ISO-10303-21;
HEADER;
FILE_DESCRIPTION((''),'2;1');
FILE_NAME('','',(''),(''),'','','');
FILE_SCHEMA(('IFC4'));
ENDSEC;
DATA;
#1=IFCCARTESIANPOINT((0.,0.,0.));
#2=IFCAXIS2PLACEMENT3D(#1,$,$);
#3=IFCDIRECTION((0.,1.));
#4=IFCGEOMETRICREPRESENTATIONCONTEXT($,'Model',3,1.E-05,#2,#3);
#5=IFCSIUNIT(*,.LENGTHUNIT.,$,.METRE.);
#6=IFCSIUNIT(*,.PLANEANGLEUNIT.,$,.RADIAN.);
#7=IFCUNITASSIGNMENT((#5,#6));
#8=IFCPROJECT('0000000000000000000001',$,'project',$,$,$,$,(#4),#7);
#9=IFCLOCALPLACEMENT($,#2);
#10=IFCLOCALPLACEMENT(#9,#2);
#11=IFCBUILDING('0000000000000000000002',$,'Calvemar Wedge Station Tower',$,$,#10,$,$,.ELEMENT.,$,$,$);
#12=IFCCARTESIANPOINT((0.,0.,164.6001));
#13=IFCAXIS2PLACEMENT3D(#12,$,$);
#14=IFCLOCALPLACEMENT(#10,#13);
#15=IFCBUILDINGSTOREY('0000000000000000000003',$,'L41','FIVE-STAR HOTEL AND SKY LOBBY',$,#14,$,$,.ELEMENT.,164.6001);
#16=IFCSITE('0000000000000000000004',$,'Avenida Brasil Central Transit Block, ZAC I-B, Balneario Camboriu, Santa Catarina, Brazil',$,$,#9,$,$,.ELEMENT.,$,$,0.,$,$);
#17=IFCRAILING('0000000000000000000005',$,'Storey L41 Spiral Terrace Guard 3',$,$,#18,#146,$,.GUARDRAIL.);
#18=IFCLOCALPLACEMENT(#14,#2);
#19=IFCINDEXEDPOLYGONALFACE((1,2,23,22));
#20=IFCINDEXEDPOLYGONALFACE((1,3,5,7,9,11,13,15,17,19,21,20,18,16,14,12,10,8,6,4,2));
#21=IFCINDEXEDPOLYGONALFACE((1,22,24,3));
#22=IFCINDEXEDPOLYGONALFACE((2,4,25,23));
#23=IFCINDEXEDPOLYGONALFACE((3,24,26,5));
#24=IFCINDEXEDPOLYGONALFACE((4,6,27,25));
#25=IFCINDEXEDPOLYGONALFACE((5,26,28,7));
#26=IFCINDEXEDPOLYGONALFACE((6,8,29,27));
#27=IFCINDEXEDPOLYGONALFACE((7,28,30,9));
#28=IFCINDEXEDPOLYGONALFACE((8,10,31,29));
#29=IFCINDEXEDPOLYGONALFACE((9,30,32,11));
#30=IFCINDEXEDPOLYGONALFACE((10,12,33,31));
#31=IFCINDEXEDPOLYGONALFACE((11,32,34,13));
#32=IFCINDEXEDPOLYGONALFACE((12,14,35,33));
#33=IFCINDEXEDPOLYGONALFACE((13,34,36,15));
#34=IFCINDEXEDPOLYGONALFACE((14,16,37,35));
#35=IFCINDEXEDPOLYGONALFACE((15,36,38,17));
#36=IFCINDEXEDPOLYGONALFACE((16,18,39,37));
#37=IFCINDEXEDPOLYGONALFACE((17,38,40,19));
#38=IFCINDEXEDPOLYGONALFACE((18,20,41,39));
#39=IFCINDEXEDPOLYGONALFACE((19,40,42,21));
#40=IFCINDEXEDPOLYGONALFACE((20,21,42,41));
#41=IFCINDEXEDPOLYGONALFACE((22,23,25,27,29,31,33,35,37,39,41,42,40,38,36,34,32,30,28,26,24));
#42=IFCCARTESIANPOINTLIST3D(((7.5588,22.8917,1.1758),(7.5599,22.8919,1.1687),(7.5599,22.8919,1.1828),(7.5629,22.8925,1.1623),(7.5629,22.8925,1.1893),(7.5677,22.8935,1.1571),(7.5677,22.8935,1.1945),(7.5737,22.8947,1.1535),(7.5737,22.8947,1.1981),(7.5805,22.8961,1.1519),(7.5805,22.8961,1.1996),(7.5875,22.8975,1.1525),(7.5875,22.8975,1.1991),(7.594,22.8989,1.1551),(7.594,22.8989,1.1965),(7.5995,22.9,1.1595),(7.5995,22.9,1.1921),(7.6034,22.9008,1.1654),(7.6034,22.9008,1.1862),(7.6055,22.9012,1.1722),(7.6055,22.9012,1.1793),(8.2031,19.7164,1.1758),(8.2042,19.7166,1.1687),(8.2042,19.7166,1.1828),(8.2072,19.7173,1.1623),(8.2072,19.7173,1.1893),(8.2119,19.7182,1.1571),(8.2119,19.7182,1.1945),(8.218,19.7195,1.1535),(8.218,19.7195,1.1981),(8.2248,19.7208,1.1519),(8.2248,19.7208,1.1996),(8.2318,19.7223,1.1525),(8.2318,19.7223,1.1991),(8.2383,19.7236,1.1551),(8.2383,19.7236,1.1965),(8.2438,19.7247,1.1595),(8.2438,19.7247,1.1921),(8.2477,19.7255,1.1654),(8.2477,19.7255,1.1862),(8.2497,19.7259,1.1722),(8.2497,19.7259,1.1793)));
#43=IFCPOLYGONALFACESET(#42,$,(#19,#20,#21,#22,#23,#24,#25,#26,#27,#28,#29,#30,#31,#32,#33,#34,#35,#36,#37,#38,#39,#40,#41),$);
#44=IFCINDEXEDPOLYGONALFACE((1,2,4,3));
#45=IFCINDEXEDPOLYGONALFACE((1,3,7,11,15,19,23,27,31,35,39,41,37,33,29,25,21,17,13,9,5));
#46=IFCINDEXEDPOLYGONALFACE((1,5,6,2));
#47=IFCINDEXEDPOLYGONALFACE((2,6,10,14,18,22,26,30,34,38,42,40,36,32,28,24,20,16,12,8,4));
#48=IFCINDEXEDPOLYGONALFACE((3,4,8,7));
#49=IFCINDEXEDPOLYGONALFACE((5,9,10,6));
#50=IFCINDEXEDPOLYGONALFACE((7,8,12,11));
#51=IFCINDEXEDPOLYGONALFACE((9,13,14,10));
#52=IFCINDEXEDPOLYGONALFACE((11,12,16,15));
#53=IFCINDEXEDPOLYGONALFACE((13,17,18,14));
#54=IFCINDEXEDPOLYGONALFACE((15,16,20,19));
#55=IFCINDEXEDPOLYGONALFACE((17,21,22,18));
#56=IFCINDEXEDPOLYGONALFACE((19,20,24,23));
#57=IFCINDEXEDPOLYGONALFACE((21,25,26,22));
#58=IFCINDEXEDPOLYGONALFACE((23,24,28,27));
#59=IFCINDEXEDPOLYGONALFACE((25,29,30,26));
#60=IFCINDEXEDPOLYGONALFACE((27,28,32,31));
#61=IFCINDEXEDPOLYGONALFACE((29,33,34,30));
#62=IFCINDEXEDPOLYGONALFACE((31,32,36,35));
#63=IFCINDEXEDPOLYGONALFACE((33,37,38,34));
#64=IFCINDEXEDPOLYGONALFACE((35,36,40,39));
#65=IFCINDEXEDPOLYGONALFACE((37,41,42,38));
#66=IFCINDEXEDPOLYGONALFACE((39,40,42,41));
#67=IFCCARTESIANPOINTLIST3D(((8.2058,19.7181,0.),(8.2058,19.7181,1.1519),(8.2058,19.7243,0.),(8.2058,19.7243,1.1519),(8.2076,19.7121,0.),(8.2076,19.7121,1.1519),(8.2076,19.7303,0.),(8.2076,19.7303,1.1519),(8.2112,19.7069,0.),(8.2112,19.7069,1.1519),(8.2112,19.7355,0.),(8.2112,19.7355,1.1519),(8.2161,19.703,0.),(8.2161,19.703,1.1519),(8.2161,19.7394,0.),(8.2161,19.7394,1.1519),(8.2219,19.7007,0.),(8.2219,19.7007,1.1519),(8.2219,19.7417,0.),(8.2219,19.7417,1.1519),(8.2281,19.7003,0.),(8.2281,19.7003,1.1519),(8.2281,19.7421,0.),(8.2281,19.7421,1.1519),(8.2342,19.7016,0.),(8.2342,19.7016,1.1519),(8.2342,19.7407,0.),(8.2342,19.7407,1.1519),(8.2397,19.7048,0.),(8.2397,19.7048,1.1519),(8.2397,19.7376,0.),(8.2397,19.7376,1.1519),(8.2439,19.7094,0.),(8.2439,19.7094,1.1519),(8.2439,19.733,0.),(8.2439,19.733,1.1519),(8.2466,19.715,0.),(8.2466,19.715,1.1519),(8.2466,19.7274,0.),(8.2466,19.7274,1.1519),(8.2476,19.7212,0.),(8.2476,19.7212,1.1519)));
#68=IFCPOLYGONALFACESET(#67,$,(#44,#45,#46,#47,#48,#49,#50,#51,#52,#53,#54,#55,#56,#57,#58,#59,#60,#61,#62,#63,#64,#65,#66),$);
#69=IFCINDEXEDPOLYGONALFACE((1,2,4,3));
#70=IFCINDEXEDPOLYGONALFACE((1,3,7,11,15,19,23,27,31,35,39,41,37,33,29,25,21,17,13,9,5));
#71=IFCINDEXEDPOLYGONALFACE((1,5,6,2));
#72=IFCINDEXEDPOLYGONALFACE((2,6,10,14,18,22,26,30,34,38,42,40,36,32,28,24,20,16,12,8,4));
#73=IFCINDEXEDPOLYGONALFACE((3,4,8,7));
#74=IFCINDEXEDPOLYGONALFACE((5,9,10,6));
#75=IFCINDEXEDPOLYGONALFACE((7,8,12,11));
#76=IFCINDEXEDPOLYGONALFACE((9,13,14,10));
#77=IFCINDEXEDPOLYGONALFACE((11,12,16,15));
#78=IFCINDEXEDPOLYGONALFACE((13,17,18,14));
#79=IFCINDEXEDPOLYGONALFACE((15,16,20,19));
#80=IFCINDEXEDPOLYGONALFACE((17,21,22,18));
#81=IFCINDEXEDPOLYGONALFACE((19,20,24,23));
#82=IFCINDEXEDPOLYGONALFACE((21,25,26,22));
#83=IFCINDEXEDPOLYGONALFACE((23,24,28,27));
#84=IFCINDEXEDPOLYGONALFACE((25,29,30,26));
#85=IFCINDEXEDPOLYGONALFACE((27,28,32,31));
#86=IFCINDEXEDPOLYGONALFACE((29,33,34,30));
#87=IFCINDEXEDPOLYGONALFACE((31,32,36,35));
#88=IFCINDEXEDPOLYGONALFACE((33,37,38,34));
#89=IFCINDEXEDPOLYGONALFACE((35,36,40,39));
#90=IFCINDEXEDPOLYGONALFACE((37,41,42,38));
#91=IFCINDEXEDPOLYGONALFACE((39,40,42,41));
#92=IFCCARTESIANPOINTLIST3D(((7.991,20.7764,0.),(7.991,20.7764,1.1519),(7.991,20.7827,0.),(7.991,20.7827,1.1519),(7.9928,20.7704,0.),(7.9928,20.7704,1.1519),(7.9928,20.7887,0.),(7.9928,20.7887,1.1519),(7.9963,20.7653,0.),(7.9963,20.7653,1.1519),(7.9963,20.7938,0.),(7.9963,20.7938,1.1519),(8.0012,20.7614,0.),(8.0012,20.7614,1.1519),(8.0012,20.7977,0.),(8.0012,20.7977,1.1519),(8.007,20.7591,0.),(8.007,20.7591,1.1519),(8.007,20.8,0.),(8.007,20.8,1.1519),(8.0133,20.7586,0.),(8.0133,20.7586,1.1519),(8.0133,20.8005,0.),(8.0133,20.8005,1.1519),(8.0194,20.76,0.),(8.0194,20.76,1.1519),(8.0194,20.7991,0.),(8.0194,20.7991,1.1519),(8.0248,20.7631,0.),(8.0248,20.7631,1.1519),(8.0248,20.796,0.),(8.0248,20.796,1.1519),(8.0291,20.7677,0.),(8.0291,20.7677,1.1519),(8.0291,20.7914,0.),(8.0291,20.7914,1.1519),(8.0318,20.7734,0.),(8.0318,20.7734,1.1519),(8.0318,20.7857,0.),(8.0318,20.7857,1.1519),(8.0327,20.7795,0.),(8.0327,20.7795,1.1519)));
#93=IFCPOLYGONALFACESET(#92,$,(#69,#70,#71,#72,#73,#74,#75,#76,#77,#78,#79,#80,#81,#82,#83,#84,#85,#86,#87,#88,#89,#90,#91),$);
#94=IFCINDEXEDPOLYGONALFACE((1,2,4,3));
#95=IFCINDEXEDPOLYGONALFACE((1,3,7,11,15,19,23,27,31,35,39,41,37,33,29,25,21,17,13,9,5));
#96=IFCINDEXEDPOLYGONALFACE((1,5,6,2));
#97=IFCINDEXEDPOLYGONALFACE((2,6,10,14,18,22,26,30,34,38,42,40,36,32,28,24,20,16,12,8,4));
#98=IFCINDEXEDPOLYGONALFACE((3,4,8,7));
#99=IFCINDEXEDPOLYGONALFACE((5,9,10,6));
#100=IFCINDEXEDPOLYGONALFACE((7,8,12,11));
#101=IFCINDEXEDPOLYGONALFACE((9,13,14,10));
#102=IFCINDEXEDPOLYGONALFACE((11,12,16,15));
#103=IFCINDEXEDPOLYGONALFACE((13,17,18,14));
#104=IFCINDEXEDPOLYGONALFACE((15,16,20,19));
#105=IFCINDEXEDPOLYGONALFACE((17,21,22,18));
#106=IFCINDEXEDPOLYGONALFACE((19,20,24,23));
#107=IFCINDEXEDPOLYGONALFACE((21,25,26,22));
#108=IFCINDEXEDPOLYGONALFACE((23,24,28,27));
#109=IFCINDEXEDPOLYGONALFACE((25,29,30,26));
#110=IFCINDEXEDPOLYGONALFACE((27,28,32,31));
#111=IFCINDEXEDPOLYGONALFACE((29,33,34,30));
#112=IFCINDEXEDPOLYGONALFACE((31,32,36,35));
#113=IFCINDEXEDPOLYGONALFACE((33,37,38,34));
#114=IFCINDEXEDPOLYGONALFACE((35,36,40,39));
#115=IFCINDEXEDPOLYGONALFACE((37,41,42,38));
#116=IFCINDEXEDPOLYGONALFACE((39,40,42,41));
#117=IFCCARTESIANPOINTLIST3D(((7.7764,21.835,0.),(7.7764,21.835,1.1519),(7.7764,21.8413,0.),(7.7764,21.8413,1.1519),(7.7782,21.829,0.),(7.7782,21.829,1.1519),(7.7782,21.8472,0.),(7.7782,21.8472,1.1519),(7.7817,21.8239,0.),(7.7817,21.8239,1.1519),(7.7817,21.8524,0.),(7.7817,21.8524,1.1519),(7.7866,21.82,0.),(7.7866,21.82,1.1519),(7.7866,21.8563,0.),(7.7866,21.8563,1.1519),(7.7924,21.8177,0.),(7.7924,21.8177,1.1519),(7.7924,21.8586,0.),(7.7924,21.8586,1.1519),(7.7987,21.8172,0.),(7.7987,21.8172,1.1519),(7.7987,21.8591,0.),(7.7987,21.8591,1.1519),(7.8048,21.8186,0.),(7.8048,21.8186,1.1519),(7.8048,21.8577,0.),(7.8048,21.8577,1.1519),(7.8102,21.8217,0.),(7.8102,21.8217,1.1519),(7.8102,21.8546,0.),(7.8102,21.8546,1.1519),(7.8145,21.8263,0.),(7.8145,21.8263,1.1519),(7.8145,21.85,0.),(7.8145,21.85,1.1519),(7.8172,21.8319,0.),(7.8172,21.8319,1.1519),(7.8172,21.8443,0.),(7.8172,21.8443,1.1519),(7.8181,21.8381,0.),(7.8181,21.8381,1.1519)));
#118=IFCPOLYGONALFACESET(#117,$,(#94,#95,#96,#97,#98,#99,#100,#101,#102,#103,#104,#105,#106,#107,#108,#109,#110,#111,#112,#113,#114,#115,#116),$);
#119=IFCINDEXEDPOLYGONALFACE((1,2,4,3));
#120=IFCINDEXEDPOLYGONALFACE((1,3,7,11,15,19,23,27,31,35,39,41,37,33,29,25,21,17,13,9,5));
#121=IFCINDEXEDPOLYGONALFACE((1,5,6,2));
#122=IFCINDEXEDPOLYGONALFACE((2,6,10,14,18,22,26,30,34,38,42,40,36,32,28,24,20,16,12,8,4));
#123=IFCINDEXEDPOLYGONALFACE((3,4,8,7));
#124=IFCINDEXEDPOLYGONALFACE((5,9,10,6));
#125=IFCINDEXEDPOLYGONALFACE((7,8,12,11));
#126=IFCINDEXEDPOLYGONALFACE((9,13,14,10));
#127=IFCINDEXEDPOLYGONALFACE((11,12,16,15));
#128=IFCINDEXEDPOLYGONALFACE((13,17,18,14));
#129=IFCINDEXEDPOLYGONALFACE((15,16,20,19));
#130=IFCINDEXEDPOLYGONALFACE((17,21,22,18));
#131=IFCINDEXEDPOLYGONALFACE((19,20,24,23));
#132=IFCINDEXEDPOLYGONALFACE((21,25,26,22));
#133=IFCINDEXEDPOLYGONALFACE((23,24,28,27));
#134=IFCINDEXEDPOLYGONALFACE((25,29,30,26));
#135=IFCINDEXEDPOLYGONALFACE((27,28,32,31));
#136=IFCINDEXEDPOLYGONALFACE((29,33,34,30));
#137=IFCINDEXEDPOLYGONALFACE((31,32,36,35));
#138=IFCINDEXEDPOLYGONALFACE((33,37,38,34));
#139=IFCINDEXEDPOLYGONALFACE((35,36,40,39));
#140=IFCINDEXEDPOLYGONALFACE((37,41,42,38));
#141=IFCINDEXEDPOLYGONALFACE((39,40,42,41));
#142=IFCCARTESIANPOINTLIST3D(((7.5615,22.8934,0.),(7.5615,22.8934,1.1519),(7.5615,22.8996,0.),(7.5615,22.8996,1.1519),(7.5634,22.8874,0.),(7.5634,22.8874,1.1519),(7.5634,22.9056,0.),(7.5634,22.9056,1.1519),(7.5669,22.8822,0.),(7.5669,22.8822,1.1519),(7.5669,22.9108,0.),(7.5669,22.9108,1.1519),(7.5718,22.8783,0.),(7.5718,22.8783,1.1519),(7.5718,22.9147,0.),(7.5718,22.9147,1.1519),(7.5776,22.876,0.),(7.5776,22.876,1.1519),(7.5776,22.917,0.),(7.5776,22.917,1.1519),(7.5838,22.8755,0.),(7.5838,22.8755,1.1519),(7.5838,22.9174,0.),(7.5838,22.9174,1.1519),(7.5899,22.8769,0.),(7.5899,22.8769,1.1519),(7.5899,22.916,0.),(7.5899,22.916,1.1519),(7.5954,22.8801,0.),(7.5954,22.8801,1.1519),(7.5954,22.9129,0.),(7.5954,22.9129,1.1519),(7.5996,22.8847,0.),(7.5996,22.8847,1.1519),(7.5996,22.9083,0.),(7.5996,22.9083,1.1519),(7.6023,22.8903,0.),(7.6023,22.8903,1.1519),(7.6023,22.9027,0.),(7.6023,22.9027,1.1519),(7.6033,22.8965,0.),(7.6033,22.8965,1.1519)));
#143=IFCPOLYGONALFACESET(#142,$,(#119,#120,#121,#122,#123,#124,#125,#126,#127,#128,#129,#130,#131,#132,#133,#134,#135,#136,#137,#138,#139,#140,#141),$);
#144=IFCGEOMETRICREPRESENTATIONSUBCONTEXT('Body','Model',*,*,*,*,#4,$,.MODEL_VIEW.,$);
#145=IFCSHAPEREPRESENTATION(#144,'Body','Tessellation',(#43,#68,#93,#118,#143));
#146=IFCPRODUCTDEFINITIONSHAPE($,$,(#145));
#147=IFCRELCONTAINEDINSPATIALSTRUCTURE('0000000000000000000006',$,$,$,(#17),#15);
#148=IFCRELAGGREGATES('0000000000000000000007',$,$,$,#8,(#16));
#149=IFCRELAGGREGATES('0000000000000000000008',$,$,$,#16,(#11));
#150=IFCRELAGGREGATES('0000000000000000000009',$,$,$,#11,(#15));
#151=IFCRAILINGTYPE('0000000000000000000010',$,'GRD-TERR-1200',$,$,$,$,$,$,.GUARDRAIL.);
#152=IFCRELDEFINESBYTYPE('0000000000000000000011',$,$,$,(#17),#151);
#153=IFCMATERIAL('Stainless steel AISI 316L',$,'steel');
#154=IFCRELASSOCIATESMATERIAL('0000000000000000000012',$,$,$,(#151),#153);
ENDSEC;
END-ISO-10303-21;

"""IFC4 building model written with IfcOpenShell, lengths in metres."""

from ifc_helpers import new_model, si_unit, direction, frame, origin, origin_2d, place, context, subcontext, project, spatial, circle, extrude, material, type_object, element, save


model = new_model("IFC4")

# Units and contexts
model_context = context("Model", 3, precision=1e-05, world=origin(), true_north=direction((0.0, 1.0)))
body_context = subcontext(model_context, "Body", "Model", "MODEL_VIEW")
ifc_project = project(units=[si_unit("LENGTHUNIT", "METRE"), si_unit("PLANEANGLEUNIT", "RADIAN")], contexts=[model_context])

# Site, building, storey
site_placement = place(None, origin())
site = spatial("IfcSite", under=ifc_project, at=site_placement, Name="Avenida Brasil Central Transit Block, ZAC I-B, Balneario Camboriu, Santa Catarina, Brazil", CompositionType="ELEMENT", RefElevation=0.0)
building_placement = place(site_placement, origin())
building = spatial("IfcBuilding", under=site, at=building_placement, Name="Calvemar Wedge Station Tower", CompositionType="ELEMENT")
storey_placement = place(building_placement, frame((0.0, 0.0, 164.6001)))
storey = spatial("IfcBuildingStorey", under=building, at=storey_placement, Name="L41", Description="FIVE-STAR HOTEL AND SKY LOBBY", CompositionType="ELEMENT", Elevation=164.6001)

# Railing
ifc_material_1 = material(Name="Stainless steel AISI 316L", Category="steel")
railing_type = type_object("IfcRailingType", Name="GRD-TERR-1200", PredefinedType="GUARDRAIL", material=ifc_material_1)
railing_1_placement = place(storey_placement, frame((8.2266, 19.7212, 0.0)))
element("IfcRailing", 1, at=railing_1_placement, inside=storey, type_object=railing_type, Name="Storey L41 Spiral Terrace Guard 3", PredefinedType="GUARDRAIL", context=body_context, shape_type="SweptSolid", body=[
    extrude(circle(Radius=0.0239, at=origin_2d()), frame((0.0, 0.0, 1.1758), z_axis=(-0.198854, 0.980029, 0.0), x_axis=(-0.980029, -0.198854, 0.0)), (0.0, 0.0, 1.0), 3.24),
    extrude(circle(Radius=0.021, at=origin_2d()), origin(), (0.0, 0.0, 1.0), 1.1519),
    extrude(circle(Radius=0.021, at=origin_2d()), frame((-0.2148, 1.0583, 0.0)), (0.0, 0.0, 1.0), 1.1519),
    extrude(circle(Radius=0.021, at=origin_2d()), frame((-0.4294, 2.1169, 0.0)), (0.0, 0.0, 1.0), 1.1519),
    extrude(circle(Radius=0.021, at=origin_2d()), frame((-0.6443, 3.1753, 0.0)), (0.0, 0.0, 1.0), 1.1519),
])

save(model, "model.ifc")
